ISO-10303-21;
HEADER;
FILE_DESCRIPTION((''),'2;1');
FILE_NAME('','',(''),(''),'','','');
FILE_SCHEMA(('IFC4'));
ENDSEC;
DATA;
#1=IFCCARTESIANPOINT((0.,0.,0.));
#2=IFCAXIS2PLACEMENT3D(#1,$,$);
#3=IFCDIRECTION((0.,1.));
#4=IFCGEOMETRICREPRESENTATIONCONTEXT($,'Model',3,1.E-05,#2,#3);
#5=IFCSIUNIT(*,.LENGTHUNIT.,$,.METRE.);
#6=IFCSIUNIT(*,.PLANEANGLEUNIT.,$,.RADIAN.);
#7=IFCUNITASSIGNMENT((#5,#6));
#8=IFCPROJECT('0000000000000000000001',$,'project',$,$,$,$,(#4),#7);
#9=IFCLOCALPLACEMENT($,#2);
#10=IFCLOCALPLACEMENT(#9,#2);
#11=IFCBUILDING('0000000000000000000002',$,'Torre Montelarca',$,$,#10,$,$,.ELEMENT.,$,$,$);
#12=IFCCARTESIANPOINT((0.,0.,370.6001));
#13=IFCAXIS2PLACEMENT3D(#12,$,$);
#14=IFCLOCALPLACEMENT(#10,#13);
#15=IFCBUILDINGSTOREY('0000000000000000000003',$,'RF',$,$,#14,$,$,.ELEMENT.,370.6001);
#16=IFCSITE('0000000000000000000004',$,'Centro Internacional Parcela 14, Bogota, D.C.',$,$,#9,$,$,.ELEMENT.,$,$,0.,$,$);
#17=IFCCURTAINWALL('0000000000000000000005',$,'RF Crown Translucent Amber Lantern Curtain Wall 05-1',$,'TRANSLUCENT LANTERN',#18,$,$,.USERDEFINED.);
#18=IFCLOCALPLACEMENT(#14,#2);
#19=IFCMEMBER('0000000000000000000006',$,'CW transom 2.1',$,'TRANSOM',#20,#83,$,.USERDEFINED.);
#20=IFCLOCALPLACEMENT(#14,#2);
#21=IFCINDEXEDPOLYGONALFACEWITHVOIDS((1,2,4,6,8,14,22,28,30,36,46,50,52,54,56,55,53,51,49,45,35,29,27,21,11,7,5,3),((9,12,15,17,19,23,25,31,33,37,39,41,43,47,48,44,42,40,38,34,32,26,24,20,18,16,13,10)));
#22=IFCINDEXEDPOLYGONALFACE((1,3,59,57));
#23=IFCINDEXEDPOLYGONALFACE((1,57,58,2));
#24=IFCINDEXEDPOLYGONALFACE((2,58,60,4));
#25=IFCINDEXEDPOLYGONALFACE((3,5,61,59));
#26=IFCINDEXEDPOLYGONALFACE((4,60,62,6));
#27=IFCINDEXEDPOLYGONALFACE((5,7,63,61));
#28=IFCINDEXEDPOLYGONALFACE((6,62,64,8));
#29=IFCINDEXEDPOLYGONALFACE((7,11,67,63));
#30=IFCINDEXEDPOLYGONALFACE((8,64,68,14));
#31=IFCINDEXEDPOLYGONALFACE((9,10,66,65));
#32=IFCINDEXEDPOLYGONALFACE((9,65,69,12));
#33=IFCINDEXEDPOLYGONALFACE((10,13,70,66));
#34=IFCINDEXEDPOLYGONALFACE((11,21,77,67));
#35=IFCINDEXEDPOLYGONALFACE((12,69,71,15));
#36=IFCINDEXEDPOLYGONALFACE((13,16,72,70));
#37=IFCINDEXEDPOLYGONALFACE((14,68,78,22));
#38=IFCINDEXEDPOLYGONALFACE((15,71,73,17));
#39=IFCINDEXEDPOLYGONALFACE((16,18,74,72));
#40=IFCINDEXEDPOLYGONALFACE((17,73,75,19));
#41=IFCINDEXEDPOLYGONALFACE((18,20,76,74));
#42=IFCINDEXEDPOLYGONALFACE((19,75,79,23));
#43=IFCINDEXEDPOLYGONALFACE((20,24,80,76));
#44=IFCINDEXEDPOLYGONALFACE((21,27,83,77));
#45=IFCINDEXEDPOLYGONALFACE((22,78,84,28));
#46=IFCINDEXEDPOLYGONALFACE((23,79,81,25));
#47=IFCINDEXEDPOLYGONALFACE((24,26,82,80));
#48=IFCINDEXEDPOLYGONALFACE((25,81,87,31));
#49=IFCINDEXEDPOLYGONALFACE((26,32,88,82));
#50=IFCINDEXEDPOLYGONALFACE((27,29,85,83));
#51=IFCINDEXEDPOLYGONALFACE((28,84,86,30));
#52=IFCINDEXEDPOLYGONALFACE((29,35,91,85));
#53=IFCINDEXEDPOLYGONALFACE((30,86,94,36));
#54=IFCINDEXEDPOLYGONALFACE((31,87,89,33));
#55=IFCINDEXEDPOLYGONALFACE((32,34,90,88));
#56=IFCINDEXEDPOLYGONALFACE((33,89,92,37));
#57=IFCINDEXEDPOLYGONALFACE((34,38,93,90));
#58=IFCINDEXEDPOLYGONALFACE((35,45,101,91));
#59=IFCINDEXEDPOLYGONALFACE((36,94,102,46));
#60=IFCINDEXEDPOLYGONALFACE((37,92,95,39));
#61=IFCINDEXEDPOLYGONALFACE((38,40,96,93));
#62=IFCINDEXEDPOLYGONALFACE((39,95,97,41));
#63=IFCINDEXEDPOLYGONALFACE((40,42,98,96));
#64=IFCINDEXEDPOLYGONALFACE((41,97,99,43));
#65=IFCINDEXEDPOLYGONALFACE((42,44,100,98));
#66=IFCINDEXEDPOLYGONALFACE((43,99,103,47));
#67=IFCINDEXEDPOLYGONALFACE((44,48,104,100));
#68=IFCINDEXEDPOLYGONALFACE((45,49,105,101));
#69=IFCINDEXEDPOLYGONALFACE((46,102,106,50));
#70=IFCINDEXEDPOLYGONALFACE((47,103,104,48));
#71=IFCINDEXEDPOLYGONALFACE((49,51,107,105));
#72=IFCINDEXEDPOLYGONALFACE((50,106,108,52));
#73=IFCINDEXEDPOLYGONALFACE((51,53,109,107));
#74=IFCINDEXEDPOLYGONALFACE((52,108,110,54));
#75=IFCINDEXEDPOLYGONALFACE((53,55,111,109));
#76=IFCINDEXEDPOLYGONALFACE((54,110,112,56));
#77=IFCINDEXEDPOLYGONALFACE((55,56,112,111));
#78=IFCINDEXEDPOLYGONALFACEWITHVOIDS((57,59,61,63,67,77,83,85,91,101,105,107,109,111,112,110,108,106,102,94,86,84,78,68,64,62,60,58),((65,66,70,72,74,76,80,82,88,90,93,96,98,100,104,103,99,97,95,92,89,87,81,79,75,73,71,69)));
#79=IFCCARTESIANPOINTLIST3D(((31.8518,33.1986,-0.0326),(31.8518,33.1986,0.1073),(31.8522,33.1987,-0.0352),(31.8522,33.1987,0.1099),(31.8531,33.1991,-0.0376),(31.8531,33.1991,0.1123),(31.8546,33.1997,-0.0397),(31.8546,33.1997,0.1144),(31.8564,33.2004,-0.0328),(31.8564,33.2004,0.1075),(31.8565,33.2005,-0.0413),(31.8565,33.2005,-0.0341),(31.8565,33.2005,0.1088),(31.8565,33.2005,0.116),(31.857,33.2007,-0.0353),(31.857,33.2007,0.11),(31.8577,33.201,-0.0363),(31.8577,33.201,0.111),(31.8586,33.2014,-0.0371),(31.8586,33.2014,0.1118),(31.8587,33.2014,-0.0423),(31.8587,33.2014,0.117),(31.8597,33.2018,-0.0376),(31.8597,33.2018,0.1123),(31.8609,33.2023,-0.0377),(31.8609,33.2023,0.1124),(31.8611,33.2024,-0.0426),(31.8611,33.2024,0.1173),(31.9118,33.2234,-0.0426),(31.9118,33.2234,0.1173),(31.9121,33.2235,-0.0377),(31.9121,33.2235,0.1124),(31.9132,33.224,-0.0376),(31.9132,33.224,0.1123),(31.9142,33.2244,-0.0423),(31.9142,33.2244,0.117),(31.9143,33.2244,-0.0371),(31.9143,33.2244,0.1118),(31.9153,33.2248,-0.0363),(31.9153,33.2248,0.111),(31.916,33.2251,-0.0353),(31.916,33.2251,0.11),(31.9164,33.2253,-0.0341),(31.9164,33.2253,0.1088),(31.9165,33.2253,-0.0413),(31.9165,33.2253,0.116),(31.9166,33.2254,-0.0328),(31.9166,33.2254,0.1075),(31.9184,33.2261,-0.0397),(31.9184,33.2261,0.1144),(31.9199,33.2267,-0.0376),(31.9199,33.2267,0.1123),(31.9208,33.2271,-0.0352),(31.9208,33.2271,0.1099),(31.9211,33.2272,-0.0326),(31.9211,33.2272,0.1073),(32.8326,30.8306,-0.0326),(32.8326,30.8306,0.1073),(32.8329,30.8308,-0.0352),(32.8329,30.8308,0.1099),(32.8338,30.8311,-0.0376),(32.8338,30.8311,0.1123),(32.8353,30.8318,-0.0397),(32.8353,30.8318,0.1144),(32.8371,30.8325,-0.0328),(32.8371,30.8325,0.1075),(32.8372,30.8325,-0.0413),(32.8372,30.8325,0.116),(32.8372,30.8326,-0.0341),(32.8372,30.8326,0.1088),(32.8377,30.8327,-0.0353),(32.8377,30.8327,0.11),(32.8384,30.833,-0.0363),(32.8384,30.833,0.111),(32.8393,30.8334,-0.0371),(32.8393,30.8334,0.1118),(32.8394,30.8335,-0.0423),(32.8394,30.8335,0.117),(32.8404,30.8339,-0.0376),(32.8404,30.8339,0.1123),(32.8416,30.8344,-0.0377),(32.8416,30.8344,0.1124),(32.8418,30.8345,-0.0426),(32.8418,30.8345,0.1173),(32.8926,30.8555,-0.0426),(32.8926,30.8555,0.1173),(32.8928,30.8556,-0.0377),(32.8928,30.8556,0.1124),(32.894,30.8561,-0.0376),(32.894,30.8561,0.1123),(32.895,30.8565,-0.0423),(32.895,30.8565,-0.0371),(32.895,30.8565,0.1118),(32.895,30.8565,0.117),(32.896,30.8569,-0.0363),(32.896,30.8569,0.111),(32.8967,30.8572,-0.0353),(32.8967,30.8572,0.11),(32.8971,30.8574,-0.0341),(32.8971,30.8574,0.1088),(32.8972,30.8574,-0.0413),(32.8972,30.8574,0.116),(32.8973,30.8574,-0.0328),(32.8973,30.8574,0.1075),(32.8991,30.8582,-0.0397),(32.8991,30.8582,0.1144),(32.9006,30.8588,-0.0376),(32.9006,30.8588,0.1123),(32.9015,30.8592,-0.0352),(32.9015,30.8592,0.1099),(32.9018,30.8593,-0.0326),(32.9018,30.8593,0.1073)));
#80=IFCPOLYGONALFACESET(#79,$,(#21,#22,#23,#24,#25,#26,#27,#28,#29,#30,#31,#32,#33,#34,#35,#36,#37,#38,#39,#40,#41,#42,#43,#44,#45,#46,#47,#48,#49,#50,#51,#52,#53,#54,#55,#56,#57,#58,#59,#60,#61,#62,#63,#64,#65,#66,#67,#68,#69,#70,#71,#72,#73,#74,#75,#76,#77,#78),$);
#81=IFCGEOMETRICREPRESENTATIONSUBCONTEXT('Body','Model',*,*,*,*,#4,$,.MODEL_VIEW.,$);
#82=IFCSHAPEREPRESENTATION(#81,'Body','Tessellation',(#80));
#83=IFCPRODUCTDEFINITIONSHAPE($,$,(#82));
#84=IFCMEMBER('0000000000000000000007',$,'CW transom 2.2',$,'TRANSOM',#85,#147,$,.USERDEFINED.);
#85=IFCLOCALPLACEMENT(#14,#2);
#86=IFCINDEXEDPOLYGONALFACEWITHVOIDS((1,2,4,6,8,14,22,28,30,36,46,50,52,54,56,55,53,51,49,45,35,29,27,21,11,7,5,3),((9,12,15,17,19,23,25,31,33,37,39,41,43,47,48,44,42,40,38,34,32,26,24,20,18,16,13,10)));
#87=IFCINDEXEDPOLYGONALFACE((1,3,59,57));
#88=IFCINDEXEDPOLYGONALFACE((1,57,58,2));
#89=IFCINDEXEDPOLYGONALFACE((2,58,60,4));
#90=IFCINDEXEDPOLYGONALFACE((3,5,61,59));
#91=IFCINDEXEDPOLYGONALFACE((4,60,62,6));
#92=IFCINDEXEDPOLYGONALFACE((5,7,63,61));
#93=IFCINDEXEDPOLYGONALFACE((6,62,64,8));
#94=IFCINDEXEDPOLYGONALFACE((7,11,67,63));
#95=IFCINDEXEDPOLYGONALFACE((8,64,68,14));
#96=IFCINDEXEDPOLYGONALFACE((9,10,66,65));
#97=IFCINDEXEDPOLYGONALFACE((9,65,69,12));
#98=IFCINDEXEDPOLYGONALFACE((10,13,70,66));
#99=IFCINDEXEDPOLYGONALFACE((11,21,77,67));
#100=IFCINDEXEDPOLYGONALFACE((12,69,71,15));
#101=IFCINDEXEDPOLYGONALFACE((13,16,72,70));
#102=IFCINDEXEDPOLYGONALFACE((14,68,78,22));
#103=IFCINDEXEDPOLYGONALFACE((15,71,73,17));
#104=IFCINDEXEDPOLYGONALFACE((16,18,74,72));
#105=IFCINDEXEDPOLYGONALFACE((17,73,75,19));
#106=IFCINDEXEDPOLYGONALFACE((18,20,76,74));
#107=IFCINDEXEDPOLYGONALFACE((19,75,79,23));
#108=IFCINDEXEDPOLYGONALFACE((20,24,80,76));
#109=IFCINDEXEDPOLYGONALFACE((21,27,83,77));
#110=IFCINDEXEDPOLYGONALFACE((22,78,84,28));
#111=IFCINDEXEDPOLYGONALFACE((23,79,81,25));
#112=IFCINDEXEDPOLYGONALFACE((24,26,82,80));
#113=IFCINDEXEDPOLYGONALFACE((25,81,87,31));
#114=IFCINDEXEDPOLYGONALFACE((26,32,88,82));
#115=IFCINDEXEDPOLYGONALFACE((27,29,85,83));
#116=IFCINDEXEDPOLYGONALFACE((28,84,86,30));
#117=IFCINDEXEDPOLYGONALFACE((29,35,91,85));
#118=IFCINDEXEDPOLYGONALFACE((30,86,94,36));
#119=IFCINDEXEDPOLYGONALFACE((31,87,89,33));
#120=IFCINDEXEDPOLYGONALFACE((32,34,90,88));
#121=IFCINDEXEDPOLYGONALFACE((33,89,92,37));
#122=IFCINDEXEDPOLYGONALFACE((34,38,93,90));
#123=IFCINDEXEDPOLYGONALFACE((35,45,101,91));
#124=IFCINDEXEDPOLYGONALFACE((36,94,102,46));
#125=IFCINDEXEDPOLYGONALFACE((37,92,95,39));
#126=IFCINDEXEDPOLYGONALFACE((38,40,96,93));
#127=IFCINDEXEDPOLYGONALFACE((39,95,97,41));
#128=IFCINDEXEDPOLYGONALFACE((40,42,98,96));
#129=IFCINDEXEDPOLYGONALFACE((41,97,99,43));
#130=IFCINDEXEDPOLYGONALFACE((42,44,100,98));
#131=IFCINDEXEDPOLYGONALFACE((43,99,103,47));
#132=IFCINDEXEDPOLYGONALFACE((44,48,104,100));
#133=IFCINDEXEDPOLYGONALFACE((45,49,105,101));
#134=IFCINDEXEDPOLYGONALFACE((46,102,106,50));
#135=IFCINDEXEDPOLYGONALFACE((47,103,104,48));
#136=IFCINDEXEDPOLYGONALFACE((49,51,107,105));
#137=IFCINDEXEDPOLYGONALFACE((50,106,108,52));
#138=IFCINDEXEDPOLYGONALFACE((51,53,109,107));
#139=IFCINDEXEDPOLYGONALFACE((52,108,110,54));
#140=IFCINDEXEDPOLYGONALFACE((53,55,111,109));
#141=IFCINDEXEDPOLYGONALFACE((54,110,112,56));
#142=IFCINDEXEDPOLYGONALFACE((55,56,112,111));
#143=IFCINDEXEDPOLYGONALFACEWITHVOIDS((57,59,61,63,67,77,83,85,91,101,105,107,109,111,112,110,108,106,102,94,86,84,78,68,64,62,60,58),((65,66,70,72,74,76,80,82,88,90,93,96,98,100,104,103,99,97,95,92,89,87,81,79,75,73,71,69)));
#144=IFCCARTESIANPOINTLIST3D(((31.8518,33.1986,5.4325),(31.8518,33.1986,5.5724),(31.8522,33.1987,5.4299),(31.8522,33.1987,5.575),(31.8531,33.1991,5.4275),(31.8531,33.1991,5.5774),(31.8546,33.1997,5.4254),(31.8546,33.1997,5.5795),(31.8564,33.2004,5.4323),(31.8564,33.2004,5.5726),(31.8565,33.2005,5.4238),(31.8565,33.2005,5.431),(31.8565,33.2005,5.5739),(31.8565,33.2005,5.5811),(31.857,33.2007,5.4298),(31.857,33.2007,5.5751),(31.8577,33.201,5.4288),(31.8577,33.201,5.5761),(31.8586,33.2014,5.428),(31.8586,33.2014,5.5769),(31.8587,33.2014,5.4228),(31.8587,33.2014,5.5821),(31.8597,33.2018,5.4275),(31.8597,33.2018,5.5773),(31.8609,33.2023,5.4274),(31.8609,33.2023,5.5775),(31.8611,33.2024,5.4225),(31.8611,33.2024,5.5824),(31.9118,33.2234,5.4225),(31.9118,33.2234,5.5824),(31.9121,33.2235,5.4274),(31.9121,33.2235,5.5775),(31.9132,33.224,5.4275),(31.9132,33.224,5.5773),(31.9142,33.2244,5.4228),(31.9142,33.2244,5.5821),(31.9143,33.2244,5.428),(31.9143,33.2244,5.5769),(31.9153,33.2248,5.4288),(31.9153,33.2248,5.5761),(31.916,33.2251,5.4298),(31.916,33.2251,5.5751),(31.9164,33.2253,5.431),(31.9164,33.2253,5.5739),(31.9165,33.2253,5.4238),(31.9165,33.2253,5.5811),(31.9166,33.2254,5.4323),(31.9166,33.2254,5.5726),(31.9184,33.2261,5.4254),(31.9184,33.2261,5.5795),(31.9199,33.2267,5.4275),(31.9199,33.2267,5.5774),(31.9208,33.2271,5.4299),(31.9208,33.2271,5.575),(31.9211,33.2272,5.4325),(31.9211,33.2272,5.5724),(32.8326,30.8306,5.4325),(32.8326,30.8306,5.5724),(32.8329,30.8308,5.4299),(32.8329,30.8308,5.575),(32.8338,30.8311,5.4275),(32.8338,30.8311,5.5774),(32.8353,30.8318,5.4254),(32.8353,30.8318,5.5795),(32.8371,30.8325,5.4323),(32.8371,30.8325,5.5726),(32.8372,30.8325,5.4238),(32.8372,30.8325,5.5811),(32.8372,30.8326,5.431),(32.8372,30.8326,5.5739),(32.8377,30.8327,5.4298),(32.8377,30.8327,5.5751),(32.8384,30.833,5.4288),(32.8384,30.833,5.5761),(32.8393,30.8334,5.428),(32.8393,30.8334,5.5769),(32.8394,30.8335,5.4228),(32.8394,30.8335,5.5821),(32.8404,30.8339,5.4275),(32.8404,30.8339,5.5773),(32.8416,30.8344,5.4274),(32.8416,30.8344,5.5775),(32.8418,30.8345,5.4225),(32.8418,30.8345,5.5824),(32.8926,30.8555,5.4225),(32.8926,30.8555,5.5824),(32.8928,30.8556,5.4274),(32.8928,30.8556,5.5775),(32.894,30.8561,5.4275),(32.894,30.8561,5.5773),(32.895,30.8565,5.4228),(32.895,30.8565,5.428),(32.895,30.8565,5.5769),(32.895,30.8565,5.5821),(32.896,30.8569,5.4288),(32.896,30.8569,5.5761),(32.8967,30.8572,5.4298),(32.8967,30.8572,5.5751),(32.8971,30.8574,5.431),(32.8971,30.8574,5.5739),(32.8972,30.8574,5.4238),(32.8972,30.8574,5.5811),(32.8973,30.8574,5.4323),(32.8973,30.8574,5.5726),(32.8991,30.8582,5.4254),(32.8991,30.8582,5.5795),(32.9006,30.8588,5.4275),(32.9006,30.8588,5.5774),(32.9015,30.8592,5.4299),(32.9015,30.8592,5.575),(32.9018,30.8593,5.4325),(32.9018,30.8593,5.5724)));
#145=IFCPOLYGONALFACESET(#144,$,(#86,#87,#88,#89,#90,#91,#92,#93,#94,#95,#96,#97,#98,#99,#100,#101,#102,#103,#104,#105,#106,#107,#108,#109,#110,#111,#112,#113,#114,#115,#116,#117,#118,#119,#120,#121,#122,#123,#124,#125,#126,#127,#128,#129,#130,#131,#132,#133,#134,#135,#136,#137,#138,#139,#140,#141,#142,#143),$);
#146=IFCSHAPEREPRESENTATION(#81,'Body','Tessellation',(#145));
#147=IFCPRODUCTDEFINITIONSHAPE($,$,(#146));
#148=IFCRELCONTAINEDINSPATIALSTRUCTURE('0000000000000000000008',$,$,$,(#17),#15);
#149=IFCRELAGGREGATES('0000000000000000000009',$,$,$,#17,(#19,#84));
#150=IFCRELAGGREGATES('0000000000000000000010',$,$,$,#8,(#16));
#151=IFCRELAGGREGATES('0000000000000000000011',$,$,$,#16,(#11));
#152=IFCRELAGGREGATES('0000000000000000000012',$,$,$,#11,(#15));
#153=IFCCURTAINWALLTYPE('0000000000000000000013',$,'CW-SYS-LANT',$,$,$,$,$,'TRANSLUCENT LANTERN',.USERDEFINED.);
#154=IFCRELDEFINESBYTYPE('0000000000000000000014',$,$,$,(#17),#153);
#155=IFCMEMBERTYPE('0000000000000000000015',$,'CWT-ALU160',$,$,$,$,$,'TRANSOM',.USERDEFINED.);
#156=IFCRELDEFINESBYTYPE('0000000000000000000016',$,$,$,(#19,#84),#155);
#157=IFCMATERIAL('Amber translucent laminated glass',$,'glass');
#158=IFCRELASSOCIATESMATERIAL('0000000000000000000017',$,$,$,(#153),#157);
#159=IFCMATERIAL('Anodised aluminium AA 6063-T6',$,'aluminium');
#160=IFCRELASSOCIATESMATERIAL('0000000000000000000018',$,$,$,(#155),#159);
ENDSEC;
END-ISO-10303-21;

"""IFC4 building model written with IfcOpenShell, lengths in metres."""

from ifc_helpers import new_model, si_unit, direction, frame, origin, origin_2d, place, context, subcontext, project, spatial, hollow_rectangle, extrude, source, transform, mapped, material, material_profile, profile_set, type_object, element, aggregate, save


model = new_model("IFC4")

# Units and contexts
model_context = context("Model", 3, precision=1e-05, world=origin(), true_north=direction((0.0, 1.0)))
body_context = subcontext(model_context, "Body", "Model", "MODEL_VIEW")
ifc_project = project(units=[si_unit("LENGTHUNIT", "METRE"), si_unit("PLANEANGLEUNIT", "RADIAN")], contexts=[model_context])

# Site, building, storey
site_placement = place(None, origin())
site = spatial("IfcSite", under=ifc_project, at=site_placement, Name="Centro Internacional Parcela 14, Bogota, D.C.", CompositionType="ELEMENT", RefElevation=0.0)
building_placement = place(site_placement, origin())
building = spatial("IfcBuilding", under=site, at=building_placement, Name="Torre Montelarca", CompositionType="ELEMENT")
storey_placement = place(building_placement, frame((0.0, 0.0, 370.6001)))
storey = spatial("IfcBuildingStorey", under=building, at=storey_placement, Name="RF", CompositionType="ELEMENT", Elevation=370.6001)

# Curtain wall, members
ifc_material_1 = material(Name="Amber translucent laminated glass", Category="glass")
curtain_wall_type = type_object("IfcCurtainWallType", Name="CW-SYS-LANT", ElementType="TRANSLUCENT LANTERN", PredefinedType="USERDEFINED", material=ifc_material_1)
ifc_material_2 = material(Name="Anodised aluminium AA 6063-T6", Category="aluminium")
curtain_wall_1_placement = place(storey_placement, origin())
curtain_wall_1 = element("IfcCurtainWall", 1, at=curtain_wall_1_placement, inside=storey, type_object=curtain_wall_type, Name="RF Crown Translucent Amber Lantern Curtain Wall 05-1", ObjectType="TRANSLUCENT LANTERN", PredefinedType="USERDEFINED")
ifc_material_profile_1 = material_profile(ifc_material_2, hollow_rectangle(XDim=0.075, YDim=0.1599, WallThickness=0.0049, InnerFilletRadius=0.0049, OuterFilletRadius=0.01, at=origin_2d()), Name="ALU75X160X5", Category="aluminium")
ifc_profile_set_1 = profile_set([ifc_material_profile_1], Name="Anodised aluminium AA 6063-T6")
member_type_1 = type_object("IfcMemberType", Name="CWT-ALU160", ElementType="TRANSOM", PredefinedType="USERDEFINED", material=ifc_profile_set_1)
shared_shape_1 = source(origin(), body_context, "Body", "SweptSolid", [
    extrude(hollow_rectangle(XDim=0.075, YDim=0.1599, WallThickness=0.0049, InnerFilletRadius=0.0049, OuterFilletRadius=0.01, at=origin_2d()), origin(), (0.0, 0.0, 1.0), 2.563),
])
member_1_placement = place(storey_placement, frame((32.8672, 30.845, 0.0374), z_axis=(-0.382646, 0.923895, 0.0), x_axis=(-0.923895, -0.382646, 0.0)))
member_1 = element("IfcMember", 2, at=member_1_placement, type_object=member_type_1, Name="CW transom 2.1", ObjectType="TRANSOM", PredefinedType="USERDEFINED", context=body_context, shape_type="MappedRepresentation", body=[
    mapped(shared_shape_1, transform((0.0, 0.0, 0.0), scale=1.0)),
])
member_2_placement = place(storey_placement, frame((32.8672, 30.845, 5.5024), z_axis=(-0.382646, 0.923895, 0.0), x_axis=(-0.923895, -0.382646, 0.0)))
member_2 = element("IfcMember", 3, at=member_2_placement, type_object=member_type_1, Name="CW transom 2.2", ObjectType="TRANSOM", PredefinedType="USERDEFINED", context=body_context, shape_type="MappedRepresentation", body=[
    mapped(shared_shape_1, transform((0.0, 0.0, 0.0), scale=1.0)),
])

aggregate(curtain_wall_1, [member_1, member_2])

save(model, "model.ifc")
